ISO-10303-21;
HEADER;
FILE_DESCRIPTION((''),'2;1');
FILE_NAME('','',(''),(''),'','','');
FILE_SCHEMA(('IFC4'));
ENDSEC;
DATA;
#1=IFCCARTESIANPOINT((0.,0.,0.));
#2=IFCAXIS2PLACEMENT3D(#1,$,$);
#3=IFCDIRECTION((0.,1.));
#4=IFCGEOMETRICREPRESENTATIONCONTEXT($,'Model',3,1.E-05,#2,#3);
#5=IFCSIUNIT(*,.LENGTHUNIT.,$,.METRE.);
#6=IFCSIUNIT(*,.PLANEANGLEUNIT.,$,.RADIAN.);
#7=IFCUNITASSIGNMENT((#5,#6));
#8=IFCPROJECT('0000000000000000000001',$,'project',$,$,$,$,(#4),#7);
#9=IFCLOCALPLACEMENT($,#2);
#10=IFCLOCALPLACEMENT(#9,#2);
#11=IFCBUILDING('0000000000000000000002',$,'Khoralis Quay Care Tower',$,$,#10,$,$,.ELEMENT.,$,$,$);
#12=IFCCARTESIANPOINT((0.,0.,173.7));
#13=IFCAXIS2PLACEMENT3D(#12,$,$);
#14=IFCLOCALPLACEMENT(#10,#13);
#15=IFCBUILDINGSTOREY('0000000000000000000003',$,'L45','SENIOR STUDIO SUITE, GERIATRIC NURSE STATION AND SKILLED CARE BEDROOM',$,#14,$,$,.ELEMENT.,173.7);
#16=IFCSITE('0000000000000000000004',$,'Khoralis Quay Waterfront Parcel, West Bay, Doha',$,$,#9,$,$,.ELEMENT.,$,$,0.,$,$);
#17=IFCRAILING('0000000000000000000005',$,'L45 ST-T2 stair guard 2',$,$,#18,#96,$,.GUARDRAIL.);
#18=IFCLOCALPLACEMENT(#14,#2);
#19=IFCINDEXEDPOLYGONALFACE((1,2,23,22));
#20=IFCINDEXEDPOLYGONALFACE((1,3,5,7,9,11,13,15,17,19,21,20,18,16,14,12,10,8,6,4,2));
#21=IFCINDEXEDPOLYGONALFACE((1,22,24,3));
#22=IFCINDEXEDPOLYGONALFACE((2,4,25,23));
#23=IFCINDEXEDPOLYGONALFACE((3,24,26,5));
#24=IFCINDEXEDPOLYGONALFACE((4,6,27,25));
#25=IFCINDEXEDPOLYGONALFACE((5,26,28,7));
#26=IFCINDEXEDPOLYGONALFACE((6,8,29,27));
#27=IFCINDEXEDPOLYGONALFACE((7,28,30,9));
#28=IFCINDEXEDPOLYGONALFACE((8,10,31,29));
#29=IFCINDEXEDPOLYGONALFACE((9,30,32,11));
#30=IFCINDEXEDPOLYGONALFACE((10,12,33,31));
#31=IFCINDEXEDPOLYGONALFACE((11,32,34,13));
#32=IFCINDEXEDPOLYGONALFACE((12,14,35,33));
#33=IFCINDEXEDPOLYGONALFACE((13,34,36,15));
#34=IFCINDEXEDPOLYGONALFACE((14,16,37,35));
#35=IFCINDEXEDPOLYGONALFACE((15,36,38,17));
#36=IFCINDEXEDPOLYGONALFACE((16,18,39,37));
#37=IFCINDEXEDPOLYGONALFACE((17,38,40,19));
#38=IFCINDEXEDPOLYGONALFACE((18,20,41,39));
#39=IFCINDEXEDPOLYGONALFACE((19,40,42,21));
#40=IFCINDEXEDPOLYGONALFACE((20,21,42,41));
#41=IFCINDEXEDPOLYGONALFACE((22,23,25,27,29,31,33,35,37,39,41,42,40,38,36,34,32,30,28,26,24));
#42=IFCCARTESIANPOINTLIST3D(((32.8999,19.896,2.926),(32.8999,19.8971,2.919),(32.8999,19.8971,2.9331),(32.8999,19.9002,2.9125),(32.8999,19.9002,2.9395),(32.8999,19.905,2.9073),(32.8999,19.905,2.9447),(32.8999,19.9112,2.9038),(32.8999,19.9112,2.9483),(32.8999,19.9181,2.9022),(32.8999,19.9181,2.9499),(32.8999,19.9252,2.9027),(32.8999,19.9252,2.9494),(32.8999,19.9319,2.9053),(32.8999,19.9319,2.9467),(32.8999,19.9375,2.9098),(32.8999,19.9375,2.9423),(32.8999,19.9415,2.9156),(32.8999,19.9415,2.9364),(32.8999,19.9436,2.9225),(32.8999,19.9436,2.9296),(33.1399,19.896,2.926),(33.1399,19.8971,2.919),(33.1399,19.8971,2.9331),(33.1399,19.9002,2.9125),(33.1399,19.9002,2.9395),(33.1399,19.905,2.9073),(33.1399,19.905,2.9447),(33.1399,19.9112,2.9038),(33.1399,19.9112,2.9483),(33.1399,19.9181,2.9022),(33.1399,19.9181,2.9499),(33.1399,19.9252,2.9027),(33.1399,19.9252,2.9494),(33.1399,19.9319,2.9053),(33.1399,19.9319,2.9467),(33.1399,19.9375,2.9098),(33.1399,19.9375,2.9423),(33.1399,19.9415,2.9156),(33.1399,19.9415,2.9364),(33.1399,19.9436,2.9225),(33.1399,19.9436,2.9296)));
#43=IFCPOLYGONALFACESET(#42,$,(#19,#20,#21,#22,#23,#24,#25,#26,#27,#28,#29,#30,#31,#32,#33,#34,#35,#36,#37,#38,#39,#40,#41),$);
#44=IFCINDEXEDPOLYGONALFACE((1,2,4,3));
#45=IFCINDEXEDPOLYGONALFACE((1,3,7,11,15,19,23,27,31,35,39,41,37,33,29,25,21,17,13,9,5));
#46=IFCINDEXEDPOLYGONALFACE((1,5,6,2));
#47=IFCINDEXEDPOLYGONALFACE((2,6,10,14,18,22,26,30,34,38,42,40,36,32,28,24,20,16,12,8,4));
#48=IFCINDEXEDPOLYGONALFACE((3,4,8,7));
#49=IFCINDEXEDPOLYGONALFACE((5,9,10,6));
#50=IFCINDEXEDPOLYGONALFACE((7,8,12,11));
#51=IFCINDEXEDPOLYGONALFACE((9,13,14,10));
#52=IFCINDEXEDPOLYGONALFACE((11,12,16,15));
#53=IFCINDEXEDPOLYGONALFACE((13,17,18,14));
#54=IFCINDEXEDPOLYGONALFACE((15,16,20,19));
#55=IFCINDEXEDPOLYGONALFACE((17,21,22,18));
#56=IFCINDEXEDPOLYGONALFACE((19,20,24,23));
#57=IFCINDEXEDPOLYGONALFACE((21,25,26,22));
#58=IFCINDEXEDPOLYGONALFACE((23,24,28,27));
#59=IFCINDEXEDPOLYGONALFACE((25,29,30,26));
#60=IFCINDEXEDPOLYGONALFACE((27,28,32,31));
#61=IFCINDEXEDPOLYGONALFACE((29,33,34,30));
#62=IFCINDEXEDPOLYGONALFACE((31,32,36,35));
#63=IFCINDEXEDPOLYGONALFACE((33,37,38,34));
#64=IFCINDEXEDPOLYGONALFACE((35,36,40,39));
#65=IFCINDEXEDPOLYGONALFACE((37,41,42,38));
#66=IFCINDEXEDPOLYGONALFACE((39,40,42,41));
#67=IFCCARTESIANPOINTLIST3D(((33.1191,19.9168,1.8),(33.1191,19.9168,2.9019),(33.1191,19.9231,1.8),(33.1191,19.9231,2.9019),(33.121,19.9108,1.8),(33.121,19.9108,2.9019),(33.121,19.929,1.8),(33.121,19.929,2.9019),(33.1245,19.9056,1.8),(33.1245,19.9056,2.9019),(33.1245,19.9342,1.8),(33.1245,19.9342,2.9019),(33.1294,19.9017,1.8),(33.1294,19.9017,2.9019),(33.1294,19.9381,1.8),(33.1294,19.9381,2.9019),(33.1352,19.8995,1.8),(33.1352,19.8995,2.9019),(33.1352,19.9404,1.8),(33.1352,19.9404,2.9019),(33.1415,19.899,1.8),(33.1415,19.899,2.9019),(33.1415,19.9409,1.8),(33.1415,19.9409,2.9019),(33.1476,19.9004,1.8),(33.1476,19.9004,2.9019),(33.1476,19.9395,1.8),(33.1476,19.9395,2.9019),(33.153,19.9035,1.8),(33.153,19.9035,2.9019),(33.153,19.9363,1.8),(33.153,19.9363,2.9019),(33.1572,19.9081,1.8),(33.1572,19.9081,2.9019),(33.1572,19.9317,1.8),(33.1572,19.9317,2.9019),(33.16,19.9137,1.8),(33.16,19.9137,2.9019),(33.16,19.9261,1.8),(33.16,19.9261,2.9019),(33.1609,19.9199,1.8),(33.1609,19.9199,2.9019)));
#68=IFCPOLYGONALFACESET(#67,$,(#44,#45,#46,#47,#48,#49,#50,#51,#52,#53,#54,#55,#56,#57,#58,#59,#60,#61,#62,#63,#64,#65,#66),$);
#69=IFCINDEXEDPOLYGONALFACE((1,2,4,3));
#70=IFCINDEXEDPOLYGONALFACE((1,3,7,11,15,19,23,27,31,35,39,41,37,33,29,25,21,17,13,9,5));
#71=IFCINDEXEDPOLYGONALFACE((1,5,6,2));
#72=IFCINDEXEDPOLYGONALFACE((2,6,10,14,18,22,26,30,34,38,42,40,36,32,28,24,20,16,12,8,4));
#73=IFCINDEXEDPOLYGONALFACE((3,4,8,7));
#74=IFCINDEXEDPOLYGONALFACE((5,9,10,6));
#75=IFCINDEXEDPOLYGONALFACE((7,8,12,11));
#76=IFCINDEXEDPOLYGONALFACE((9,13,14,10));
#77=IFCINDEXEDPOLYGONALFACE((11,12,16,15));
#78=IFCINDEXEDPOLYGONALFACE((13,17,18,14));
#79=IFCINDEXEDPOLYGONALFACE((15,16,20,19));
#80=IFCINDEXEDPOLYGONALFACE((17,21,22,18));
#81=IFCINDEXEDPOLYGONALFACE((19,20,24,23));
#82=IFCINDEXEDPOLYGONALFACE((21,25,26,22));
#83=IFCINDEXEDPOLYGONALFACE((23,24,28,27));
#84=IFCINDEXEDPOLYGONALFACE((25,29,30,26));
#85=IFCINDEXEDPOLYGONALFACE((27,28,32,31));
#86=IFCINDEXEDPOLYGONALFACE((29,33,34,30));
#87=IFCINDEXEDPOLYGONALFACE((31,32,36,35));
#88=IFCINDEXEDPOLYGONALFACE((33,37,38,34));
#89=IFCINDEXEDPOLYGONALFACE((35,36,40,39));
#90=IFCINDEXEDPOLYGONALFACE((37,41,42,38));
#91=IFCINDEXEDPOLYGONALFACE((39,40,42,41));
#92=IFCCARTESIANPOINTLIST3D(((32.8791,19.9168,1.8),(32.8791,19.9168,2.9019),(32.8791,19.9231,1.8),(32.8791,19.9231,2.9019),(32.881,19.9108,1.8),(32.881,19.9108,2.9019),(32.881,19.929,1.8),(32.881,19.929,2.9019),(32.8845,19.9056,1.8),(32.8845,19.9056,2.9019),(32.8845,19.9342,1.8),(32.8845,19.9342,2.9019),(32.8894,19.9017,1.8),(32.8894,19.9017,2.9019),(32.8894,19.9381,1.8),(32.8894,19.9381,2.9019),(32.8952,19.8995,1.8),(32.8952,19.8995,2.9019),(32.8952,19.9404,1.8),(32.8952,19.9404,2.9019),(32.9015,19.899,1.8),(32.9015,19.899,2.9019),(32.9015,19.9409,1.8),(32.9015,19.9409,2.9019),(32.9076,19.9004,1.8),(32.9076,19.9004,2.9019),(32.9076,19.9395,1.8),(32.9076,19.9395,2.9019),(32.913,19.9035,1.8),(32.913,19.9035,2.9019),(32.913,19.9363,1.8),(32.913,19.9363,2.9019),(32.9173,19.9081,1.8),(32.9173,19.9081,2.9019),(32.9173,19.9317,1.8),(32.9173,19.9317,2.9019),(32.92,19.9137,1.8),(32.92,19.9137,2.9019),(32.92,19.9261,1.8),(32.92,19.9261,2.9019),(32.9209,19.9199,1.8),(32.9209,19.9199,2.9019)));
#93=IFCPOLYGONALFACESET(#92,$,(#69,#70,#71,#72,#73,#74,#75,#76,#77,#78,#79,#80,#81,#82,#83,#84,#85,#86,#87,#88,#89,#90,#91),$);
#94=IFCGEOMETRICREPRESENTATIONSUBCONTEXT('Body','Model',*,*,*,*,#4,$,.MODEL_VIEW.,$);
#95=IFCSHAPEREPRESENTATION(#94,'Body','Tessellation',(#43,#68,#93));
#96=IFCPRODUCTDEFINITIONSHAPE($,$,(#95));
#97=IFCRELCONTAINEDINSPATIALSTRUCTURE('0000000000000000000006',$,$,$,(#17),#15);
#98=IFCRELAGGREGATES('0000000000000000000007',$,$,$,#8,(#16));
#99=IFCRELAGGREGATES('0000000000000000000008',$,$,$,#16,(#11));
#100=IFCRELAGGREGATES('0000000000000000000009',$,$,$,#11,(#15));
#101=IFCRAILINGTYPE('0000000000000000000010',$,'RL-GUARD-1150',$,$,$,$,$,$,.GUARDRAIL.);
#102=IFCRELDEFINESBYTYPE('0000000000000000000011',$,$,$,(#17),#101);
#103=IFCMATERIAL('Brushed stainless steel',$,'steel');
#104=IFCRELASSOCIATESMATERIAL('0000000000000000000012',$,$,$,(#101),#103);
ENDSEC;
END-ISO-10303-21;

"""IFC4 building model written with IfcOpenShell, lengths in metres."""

from ifc_helpers import new_model, si_unit, direction, frame, origin, origin_2d, place, context, subcontext, project, spatial, circle, extrude, material, type_object, element, save


model = new_model("IFC4")

# Units and contexts
model_context = context("Model", 3, precision=1e-05, world=origin(), true_north=direction((0.0, 1.0)))
body_context = subcontext(model_context, "Body", "Model", "MODEL_VIEW")
ifc_project = project(units=[si_unit("LENGTHUNIT", "METRE"), si_unit("PLANEANGLEUNIT", "RADIAN")], contexts=[model_context])

# Site, building, storey
site_placement = place(None, origin())
site = spatial("IfcSite", under=ifc_project, at=site_placement, Name="Khoralis Quay Waterfront Parcel, West Bay, Doha", CompositionType="ELEMENT", RefElevation=0.0)
building_placement = place(site_placement, origin())
building = spatial("IfcBuilding", under=site, at=building_placement, Name="Khoralis Quay Care Tower", CompositionType="ELEMENT")
storey_placement = place(building_placement, frame((0.0, 0.0, 173.7)))
storey = spatial("IfcBuildingStorey", under=building, at=storey_placement, Name="L45", Description="SENIOR STUDIO SUITE, GERIATRIC NURSE STATION AND SKILLED CARE BEDROOM", CompositionType="ELEMENT", Elevation=173.7)

# Railing
ifc_material_1 = material(Name="Brushed stainless steel", Category="steel")
railing_type_1 = type_object("IfcRailingType", Name="RL-GUARD-1150", PredefinedType="GUARDRAIL", material=ifc_material_1)
railing_1_placement = place(storey_placement, frame((33.1399, 19.9199, 1.8)))
element("IfcRailing", 1, at=railing_1_placement, inside=storey, type_object=railing_type_1, Name="L45 ST-T2 stair guard 2", PredefinedType="GUARDRAIL", context=body_context, shape_type="SweptSolid", body=[
    extrude(circle(Radius=0.0239, at=origin_2d()), frame((0.0, 0.0, 1.126), z_axis=(-1.0, 0.0, 0.0), x_axis=(0.0, -1.0, 0.0)), (0.0, 0.0, 1.0), 0.24),
    extrude(circle(Radius=0.021, at=origin_2d()), origin(), (0.0, 0.0, 1.0), 1.1018),
    extrude(circle(Radius=0.021, at=origin_2d()), frame((-0.24, 0.0, 0.0)), (0.0, 0.0, 1.0), 1.1018),
])

save(model, "model.ifc")
